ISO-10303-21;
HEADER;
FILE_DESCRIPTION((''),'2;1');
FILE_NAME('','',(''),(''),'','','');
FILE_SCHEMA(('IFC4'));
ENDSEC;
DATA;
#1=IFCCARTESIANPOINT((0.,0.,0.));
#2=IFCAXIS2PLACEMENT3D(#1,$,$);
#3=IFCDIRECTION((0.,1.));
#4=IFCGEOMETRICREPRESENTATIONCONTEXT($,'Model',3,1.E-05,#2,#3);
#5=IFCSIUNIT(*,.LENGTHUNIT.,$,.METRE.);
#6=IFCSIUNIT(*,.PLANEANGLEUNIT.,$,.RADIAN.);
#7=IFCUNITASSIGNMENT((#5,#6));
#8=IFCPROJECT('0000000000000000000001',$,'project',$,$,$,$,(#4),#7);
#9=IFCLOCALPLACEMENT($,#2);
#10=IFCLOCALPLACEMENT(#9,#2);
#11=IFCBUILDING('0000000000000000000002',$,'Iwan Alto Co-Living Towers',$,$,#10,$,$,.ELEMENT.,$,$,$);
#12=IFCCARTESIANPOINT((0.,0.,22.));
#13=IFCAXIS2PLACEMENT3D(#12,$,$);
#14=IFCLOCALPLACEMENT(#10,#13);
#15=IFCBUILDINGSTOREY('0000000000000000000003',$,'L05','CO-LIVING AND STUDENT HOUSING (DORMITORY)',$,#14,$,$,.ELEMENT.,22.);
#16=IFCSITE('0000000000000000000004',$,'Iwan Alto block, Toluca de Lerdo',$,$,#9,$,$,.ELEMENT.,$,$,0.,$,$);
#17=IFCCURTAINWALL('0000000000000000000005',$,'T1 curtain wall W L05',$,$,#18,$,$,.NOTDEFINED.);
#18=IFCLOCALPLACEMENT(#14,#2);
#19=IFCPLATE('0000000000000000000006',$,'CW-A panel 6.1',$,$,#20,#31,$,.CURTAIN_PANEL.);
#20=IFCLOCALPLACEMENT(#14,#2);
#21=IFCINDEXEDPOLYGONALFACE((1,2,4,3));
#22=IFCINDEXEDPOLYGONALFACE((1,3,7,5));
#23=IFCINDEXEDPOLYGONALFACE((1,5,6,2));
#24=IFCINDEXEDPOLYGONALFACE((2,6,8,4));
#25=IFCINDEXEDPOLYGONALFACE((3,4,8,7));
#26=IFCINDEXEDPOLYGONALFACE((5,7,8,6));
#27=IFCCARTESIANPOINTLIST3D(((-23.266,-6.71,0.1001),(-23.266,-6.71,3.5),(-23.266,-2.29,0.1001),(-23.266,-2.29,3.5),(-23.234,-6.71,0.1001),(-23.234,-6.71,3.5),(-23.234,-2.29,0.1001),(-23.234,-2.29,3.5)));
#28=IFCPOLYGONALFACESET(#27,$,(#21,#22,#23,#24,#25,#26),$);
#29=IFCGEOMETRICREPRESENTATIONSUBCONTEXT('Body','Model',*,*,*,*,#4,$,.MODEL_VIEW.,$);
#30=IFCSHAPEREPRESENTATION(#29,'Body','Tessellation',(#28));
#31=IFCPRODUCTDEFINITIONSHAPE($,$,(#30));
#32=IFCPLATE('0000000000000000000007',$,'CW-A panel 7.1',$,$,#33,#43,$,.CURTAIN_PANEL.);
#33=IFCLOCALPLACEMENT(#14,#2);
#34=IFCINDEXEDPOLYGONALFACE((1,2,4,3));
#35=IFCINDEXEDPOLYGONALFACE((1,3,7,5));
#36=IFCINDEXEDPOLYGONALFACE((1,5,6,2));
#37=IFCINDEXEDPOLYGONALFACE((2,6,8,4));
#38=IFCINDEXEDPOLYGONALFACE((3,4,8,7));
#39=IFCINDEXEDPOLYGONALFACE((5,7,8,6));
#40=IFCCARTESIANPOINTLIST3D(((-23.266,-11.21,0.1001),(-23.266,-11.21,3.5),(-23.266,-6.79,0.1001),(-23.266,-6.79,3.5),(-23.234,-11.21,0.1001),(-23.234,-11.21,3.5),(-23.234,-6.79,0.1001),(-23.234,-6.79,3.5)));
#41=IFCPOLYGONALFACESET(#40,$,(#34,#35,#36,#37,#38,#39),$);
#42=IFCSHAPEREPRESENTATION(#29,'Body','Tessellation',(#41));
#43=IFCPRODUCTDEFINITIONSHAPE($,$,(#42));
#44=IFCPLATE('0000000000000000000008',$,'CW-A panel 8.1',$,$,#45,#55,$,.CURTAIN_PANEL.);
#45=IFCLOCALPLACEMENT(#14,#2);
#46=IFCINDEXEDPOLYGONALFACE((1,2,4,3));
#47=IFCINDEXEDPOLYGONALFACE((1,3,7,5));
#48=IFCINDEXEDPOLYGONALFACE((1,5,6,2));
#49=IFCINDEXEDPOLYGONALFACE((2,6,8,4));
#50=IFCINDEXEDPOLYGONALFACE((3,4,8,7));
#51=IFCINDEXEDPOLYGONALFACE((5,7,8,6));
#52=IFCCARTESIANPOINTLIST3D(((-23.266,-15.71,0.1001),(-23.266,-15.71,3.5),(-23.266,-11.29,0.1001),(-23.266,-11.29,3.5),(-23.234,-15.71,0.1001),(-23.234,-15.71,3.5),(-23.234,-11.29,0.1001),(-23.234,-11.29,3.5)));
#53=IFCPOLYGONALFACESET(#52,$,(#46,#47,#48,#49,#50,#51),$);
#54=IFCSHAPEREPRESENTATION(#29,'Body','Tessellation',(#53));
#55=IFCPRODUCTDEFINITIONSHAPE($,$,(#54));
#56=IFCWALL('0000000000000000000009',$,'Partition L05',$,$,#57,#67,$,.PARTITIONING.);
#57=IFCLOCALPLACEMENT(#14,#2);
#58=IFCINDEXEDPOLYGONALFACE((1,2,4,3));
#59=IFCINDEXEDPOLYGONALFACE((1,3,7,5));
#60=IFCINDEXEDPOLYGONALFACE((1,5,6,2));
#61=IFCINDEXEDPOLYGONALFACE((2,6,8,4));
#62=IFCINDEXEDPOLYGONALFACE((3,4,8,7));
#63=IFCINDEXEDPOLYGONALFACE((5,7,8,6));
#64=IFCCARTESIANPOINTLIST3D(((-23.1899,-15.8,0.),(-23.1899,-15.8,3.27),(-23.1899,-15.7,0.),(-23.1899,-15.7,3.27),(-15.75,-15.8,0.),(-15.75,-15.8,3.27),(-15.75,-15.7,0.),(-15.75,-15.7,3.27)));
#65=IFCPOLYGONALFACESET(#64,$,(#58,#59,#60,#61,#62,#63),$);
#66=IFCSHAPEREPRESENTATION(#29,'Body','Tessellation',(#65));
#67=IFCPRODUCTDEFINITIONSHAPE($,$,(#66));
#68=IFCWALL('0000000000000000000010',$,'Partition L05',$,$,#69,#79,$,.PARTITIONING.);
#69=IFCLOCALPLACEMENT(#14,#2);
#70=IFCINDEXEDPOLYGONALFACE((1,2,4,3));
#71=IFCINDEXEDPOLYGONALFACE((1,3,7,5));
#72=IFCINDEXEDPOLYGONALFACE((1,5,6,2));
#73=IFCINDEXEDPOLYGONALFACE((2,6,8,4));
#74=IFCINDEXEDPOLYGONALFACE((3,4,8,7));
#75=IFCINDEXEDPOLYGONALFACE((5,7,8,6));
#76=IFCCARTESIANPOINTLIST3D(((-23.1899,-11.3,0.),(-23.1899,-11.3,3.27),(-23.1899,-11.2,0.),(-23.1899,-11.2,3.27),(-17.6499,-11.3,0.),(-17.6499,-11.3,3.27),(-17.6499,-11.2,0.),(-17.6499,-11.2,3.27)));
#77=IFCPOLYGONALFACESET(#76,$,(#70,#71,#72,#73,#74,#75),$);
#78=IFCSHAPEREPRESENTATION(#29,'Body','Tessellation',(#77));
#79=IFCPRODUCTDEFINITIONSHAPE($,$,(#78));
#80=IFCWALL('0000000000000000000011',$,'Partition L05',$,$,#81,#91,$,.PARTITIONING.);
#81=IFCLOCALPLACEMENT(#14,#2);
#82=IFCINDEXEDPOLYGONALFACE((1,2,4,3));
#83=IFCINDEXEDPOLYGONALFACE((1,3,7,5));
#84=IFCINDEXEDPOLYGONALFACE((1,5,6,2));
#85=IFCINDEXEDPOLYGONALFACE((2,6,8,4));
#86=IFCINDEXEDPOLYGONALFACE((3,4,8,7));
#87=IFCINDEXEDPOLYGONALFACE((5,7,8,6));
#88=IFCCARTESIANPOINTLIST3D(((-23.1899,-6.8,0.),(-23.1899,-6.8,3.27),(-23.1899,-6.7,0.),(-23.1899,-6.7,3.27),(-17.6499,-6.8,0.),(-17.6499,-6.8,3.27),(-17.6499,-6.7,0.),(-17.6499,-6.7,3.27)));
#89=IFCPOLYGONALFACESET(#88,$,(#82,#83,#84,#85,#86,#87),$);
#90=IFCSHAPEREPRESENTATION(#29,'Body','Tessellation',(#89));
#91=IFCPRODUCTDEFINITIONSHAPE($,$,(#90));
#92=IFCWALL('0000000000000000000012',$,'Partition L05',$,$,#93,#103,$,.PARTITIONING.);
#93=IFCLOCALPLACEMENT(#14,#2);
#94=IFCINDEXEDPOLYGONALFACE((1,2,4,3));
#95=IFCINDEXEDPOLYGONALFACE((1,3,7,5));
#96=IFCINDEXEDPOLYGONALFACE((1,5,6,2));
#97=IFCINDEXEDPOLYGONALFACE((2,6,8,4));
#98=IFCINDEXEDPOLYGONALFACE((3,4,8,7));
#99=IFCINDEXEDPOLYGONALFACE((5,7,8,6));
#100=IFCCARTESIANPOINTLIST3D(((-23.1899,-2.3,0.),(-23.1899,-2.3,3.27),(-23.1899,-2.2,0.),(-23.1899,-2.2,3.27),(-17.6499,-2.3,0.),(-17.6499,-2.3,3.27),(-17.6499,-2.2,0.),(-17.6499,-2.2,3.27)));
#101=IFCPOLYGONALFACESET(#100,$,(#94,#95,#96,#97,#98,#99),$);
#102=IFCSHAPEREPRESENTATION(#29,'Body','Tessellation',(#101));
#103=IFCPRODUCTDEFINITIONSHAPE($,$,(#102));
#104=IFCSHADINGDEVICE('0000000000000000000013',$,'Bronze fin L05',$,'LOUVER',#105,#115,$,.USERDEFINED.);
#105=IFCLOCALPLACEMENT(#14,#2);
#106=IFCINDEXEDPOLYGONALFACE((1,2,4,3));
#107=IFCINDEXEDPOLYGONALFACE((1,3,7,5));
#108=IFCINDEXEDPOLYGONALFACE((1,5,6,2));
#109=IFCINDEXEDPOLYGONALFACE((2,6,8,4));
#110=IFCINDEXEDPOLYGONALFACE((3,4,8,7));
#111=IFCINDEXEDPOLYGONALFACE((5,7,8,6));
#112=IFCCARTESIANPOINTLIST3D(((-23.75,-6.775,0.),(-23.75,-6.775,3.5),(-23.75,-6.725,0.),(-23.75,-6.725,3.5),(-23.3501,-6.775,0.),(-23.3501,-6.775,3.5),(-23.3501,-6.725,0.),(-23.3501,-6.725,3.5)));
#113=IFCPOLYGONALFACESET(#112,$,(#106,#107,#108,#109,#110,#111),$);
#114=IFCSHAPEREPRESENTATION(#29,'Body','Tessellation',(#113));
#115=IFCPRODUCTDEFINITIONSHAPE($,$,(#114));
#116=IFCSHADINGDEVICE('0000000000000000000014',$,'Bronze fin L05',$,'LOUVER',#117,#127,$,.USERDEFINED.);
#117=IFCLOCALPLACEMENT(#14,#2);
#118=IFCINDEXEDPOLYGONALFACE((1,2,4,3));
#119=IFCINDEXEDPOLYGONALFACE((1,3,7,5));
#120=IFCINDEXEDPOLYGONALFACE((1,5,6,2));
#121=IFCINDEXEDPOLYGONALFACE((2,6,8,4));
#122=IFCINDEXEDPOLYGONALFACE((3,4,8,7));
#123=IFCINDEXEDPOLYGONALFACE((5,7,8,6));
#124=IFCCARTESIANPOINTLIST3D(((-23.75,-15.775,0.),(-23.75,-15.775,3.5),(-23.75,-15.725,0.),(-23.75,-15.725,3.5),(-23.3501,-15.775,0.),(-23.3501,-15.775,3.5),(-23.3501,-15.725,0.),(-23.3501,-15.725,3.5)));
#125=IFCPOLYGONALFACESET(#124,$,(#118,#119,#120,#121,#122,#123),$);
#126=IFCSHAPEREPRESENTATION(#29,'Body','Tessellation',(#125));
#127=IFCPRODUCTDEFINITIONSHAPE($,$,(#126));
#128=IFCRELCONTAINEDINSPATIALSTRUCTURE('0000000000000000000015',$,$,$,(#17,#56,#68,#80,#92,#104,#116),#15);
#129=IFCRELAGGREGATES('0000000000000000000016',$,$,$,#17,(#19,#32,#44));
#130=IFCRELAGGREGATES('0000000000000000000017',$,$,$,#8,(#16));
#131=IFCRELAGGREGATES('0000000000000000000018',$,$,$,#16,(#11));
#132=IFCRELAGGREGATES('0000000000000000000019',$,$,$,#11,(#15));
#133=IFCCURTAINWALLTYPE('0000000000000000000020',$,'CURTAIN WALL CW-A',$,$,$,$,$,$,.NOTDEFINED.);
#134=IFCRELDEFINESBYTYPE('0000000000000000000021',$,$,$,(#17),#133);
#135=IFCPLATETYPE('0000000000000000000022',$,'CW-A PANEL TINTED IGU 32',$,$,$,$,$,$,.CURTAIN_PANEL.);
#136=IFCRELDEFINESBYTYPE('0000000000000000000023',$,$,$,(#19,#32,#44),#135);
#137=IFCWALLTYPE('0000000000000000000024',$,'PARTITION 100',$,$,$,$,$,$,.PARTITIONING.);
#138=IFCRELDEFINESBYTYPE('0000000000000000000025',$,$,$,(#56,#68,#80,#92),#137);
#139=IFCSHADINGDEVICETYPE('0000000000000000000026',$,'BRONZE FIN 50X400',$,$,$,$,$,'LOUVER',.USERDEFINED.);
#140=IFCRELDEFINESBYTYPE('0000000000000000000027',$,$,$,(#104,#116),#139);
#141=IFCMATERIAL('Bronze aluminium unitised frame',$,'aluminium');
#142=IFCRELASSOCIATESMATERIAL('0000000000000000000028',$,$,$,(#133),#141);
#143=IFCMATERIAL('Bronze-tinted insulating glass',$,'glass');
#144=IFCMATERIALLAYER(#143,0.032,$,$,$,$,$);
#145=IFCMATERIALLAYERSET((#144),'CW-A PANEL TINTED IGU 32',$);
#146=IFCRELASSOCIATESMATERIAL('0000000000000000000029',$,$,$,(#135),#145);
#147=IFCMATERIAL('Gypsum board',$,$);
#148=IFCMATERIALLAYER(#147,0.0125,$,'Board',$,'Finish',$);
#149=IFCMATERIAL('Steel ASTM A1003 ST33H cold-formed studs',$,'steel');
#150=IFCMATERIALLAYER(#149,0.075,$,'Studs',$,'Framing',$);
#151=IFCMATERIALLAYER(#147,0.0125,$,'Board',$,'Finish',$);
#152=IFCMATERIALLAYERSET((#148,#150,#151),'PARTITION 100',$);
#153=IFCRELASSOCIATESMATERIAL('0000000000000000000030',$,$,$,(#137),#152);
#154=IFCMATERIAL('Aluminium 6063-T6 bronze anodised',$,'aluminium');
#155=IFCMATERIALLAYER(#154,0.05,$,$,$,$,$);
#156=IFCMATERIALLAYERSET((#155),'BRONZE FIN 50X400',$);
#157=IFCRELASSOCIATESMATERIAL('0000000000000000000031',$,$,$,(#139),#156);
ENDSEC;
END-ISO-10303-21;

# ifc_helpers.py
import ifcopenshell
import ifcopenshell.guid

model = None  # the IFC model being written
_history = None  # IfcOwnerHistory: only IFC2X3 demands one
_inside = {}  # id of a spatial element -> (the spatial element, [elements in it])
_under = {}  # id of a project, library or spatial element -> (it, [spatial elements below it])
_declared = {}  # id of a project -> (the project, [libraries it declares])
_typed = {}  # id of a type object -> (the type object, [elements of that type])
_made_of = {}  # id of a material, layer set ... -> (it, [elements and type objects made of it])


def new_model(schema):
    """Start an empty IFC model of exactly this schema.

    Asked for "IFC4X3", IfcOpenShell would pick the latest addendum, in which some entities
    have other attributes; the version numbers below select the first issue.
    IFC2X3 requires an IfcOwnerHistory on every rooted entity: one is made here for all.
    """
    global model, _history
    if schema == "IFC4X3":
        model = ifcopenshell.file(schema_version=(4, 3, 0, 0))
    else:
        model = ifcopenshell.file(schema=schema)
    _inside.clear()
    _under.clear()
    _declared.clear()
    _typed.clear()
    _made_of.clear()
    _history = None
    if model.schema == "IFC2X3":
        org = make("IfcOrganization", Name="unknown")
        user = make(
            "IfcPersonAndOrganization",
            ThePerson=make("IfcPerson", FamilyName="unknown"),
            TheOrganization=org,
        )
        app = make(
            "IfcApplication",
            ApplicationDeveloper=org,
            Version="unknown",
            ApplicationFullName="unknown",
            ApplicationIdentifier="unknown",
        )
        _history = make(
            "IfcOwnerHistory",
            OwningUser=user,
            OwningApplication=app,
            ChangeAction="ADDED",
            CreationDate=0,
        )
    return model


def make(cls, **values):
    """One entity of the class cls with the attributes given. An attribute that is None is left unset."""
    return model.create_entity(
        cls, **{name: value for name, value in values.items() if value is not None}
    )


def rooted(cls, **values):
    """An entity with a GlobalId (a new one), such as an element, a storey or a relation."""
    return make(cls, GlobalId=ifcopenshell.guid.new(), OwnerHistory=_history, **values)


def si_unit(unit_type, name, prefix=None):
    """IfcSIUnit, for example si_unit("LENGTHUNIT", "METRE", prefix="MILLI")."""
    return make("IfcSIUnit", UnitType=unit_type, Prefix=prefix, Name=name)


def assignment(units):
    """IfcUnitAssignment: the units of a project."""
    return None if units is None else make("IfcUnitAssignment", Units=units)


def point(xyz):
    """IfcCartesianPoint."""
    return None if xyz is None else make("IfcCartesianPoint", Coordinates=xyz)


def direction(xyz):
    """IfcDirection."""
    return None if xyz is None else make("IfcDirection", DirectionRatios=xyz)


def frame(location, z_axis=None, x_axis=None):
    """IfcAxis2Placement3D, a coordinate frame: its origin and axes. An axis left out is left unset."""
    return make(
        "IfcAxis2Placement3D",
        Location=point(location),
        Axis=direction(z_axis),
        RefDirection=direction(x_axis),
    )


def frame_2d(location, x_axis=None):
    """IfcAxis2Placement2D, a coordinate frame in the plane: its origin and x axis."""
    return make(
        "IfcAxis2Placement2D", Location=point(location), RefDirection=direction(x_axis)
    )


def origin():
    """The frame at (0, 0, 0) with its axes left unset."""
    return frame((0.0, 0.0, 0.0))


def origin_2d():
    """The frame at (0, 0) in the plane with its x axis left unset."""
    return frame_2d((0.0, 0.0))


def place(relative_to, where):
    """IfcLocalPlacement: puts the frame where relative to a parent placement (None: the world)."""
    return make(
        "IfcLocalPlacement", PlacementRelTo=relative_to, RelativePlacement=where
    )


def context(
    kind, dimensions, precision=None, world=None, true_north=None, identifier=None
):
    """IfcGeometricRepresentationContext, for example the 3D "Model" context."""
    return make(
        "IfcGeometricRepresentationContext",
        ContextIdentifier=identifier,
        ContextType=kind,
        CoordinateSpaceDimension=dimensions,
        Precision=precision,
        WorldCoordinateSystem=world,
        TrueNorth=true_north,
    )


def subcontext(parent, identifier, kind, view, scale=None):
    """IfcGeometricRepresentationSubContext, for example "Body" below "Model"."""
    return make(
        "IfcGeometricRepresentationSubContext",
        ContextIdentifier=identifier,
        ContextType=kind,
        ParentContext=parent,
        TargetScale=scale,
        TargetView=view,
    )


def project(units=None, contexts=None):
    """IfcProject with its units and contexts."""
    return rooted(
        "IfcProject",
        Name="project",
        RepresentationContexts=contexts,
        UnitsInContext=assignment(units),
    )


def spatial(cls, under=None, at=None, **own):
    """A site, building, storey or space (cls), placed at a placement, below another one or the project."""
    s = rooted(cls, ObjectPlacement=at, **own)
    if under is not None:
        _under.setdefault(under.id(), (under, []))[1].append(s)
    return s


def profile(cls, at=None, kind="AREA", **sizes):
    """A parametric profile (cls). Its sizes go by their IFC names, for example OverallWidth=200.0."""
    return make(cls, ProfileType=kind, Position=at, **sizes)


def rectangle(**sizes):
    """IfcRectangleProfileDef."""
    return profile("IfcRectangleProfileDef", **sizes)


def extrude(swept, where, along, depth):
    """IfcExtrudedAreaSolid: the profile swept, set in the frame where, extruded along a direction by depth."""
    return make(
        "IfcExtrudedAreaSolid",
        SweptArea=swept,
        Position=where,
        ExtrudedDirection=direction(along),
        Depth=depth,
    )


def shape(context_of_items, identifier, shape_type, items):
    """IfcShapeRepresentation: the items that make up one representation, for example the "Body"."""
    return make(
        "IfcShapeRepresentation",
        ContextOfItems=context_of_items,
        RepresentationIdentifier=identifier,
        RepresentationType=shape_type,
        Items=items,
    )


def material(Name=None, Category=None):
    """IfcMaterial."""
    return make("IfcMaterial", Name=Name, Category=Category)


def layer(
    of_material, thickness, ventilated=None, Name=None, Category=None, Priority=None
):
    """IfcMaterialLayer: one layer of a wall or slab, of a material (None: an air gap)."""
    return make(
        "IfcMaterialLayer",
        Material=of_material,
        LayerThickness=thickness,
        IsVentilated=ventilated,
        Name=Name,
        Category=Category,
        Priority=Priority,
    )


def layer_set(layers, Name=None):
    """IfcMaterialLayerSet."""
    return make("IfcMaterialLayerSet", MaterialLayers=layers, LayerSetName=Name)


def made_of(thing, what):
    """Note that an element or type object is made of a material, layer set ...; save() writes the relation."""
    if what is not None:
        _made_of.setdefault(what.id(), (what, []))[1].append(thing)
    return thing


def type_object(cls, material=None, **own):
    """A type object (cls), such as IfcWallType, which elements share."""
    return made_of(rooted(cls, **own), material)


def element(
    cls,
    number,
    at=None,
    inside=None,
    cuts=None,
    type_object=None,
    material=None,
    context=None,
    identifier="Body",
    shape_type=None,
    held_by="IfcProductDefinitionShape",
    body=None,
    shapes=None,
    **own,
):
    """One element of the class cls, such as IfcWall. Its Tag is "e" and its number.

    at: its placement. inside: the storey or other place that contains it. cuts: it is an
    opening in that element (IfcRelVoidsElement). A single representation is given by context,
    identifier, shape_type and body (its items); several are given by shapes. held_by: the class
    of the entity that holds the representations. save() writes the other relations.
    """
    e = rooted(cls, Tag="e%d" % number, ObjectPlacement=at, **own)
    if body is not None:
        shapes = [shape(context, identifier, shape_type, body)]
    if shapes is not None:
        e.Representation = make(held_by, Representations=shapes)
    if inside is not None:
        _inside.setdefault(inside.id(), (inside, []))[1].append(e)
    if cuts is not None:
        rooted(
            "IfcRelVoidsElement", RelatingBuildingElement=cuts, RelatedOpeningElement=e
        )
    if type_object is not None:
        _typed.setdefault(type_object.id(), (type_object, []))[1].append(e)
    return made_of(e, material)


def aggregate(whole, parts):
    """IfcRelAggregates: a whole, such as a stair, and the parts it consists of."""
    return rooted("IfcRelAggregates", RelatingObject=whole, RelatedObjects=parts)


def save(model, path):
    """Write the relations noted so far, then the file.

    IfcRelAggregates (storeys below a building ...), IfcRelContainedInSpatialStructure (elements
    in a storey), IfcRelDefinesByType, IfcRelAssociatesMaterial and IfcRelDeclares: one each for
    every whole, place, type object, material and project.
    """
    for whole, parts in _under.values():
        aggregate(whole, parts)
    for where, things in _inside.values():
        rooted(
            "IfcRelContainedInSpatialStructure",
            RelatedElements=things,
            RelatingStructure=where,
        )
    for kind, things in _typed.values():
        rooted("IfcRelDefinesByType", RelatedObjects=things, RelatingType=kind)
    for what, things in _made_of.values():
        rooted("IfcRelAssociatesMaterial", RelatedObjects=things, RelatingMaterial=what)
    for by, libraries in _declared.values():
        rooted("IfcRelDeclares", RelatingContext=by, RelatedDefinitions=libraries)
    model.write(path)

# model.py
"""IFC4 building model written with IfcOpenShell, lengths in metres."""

from ifc_helpers import new_model, si_unit, direction, frame, frame_2d, origin, origin_2d, place, context, subcontext, project, spatial, rectangle, extrude, material, layer, layer_set, type_object, element, aggregate, save


model = new_model("IFC4")

# Units and contexts
model_context = context("Model", 3, precision=1e-05, world=origin(), true_north=direction((0.0, 1.0)))
body_context = subcontext(model_context, "Body", "Model", "MODEL_VIEW")
ifc_project = project(units=[si_unit("LENGTHUNIT", "METRE"), si_unit("PLANEANGLEUNIT", "RADIAN")], contexts=[model_context])

# Site, building, storey
site_placement = place(None, origin())
site = spatial("IfcSite", under=ifc_project, at=site_placement, Name="Iwan Alto block, Toluca de Lerdo", CompositionType="ELEMENT", RefElevation=0.0)
building_placement = place(site_placement, origin())
building = spatial("IfcBuilding", under=site, at=building_placement, Name="Iwan Alto Co-Living Towers", CompositionType="ELEMENT")
storey_placement = place(building_placement, frame((0.0, 0.0, 22.0)))
storey = spatial("IfcBuildingStorey", under=building, at=storey_placement, Name="L05", Description="CO-LIVING AND STUDENT HOUSING (DORMITORY)", CompositionType="ELEMENT", Elevation=22.0)

# Curtain wall
ifc_material_1 = material(Name="Bronze aluminium unitised frame", Category="aluminium")
curtain_wall_type = type_object("IfcCurtainWallType", Name="CURTAIN WALL CW-A", PredefinedType="NOTDEFINED", material=ifc_material_1)
curtain_wall_placement = place(storey_placement, origin())
curtain_wall = element("IfcCurtainWall", 1, at=curtain_wall_placement, inside=storey, type_object=curtain_wall_type, Name="T1 curtain wall W L05", PredefinedType="NOTDEFINED")

# Plates
ifc_material_2 = material(Name="Bronze-tinted insulating glass", Category="glass")
ifc_layer_1 = layer(ifc_material_2, 0.032)
ifc_layer_set_1 = layer_set([ifc_layer_1], Name="CW-A PANEL TINTED IGU 32")
plate_type = type_object("IfcPlateType", Name="CW-A PANEL TINTED IGU 32", PredefinedType="CURTAIN_PANEL", material=ifc_layer_set_1)
plate_1_placement = place(storey_placement, frame((-23.25, -4.5, 0.1001), z_axis=(0.0, 0.0, 1.0), x_axis=(0.0, -1.0, 0.0)))
plate_1 = element("IfcPlate", 2, at=plate_1_placement, type_object=plate_type, Name="CW-A panel 6.1", PredefinedType="CURTAIN_PANEL", context=body_context, shape_type="SweptSolid", body=[
    extrude(rectangle(XDim=4.4199, YDim=0.032, at=origin_2d()), origin(), (0.0, 0.0, 1.0), 3.3999),
])
plate_2_placement = place(storey_placement, frame((-23.25, -9.0, 0.1001), z_axis=(0.0, 0.0, 1.0), x_axis=(0.0, -1.0, 0.0)))
plate_2 = element("IfcPlate", 3, at=plate_2_placement, type_object=plate_type, Name="CW-A panel 7.1", PredefinedType="CURTAIN_PANEL", context=body_context, shape_type="SweptSolid", body=[
    extrude(rectangle(XDim=4.4199, YDim=0.032, at=origin_2d()), origin(), (0.0, 0.0, 1.0), 3.3999),
])
plate_3_placement = place(storey_placement, frame((-23.25, -13.5, 0.1001), z_axis=(0.0, 0.0, 1.0), x_axis=(0.0, -1.0, 0.0)))
plate_3 = element("IfcPlate", 4, at=plate_3_placement, type_object=plate_type, Name="CW-A panel 8.1", PredefinedType="CURTAIN_PANEL", context=body_context, shape_type="SweptSolid", body=[
    extrude(rectangle(XDim=4.4199, YDim=0.032, at=origin_2d()), origin(), (0.0, 0.0, 1.0), 3.3999),
])
aggregate(curtain_wall, [plate_1, plate_2, plate_3])

# Walls
ifc_material_3 = material(Name="Gypsum board")
ifc_layer_2 = layer(ifc_material_3, 0.0125, Name="Board", Category="Finish")
ifc_material_4 = material(Name="Steel ASTM A1003 ST33H cold-formed studs", Category="steel")
ifc_layer_3 = layer(ifc_material_4, 0.075, Name="Studs", Category="Framing")
ifc_layer_4 = layer(ifc_material_3, 0.0125, Name="Board", Category="Finish")
ifc_layer_set_2 = layer_set([ifc_layer_2, ifc_layer_3, ifc_layer_4], Name="PARTITION 100")
wall_type = type_object("IfcWallType", Name="PARTITION 100", PredefinedType="PARTITIONING", material=ifc_layer_set_2)
wall_placement = place(storey_placement, frame((-23.1899, -15.75, 0.0), z_axis=(0.0, 0.0, 1.0), x_axis=(1.0, 0.0, 0.0)))
element("IfcWall", 5, at=wall_placement, inside=storey, type_object=wall_type, Name="Partition L05", PredefinedType="PARTITIONING", context=body_context, shape_type="SweptSolid", body=[
    extrude(rectangle(XDim=7.4399, YDim=0.1001, at=frame_2d((3.72, 0.0))), origin(), (0.0, 0.0, 1.0), 3.27),
])
for number, where, z_axis, x_axis, name in (
    (6, (-23.1899, -11.25, 0.0), (0.0, 0.0, 1.0), (1.0, 0.0, 0.0), "Partition L05"),
    (7, (-23.1899, -6.75, 0.0), (0.0, 0.0, 1.0), (1.0, 0.0, 0.0), "Partition L05"),
    (8, (-23.1899, -2.25, 0.0), (0.0, 0.0, 1.0), (1.0, 0.0, 0.0), "Partition L05"),
):
    element("IfcWall", number, at=place(storey_placement, frame(where, z_axis=z_axis, x_axis=x_axis)), inside=storey, type_object=wall_type, Name=name, PredefinedType="PARTITIONING", context=body_context, shape_type="SweptSolid", body=[
        extrude(rectangle(XDim=5.54, YDim=0.1001, at=frame_2d((2.77, 0.0))), origin(), (0.0, 0.0, 1.0), 3.27),
    ])

# Shading devices
ifc_material_5 = material(Name="Aluminium 6063-T6 bronze anodised", Category="aluminium")
ifc_layer_5 = layer(ifc_material_5, 0.05)
ifc_layer_set_3 = layer_set([ifc_layer_5], Name="BRONZE FIN 50X400")
shading_device_type = type_object("IfcShadingDeviceType", Name="BRONZE FIN 50X400", ElementType="LOUVER", PredefinedType="USERDEFINED", material=ifc_layer_set_3)
for number, where, z_axis, x_axis, name in (
    (9, (-23.55, -6.75, 0.0), (0.0, 0.0, 1.0), (0.0, -1.0, 0.0), "Bronze fin L05"),
    (10, (-23.55, -15.75, 0.0), (0.0, 0.0, 1.0), (0.0, -1.0, 0.0), "Bronze fin L05"),
):
    element("IfcShadingDevice", number, at=place(storey_placement, frame(where, z_axis=z_axis, x_axis=x_axis)), inside=storey, type_object=shading_device_type, Name=name, ObjectType="LOUVER", PredefinedType="USERDEFINED", context=body_context, shape_type="SweptSolid", body=[
        extrude(rectangle(XDim=0.05, YDim=0.3999, at=origin_2d()), origin(), (0.0, 0.0, 1.0), 3.5),
    ])

save(model, "model.ifc")
